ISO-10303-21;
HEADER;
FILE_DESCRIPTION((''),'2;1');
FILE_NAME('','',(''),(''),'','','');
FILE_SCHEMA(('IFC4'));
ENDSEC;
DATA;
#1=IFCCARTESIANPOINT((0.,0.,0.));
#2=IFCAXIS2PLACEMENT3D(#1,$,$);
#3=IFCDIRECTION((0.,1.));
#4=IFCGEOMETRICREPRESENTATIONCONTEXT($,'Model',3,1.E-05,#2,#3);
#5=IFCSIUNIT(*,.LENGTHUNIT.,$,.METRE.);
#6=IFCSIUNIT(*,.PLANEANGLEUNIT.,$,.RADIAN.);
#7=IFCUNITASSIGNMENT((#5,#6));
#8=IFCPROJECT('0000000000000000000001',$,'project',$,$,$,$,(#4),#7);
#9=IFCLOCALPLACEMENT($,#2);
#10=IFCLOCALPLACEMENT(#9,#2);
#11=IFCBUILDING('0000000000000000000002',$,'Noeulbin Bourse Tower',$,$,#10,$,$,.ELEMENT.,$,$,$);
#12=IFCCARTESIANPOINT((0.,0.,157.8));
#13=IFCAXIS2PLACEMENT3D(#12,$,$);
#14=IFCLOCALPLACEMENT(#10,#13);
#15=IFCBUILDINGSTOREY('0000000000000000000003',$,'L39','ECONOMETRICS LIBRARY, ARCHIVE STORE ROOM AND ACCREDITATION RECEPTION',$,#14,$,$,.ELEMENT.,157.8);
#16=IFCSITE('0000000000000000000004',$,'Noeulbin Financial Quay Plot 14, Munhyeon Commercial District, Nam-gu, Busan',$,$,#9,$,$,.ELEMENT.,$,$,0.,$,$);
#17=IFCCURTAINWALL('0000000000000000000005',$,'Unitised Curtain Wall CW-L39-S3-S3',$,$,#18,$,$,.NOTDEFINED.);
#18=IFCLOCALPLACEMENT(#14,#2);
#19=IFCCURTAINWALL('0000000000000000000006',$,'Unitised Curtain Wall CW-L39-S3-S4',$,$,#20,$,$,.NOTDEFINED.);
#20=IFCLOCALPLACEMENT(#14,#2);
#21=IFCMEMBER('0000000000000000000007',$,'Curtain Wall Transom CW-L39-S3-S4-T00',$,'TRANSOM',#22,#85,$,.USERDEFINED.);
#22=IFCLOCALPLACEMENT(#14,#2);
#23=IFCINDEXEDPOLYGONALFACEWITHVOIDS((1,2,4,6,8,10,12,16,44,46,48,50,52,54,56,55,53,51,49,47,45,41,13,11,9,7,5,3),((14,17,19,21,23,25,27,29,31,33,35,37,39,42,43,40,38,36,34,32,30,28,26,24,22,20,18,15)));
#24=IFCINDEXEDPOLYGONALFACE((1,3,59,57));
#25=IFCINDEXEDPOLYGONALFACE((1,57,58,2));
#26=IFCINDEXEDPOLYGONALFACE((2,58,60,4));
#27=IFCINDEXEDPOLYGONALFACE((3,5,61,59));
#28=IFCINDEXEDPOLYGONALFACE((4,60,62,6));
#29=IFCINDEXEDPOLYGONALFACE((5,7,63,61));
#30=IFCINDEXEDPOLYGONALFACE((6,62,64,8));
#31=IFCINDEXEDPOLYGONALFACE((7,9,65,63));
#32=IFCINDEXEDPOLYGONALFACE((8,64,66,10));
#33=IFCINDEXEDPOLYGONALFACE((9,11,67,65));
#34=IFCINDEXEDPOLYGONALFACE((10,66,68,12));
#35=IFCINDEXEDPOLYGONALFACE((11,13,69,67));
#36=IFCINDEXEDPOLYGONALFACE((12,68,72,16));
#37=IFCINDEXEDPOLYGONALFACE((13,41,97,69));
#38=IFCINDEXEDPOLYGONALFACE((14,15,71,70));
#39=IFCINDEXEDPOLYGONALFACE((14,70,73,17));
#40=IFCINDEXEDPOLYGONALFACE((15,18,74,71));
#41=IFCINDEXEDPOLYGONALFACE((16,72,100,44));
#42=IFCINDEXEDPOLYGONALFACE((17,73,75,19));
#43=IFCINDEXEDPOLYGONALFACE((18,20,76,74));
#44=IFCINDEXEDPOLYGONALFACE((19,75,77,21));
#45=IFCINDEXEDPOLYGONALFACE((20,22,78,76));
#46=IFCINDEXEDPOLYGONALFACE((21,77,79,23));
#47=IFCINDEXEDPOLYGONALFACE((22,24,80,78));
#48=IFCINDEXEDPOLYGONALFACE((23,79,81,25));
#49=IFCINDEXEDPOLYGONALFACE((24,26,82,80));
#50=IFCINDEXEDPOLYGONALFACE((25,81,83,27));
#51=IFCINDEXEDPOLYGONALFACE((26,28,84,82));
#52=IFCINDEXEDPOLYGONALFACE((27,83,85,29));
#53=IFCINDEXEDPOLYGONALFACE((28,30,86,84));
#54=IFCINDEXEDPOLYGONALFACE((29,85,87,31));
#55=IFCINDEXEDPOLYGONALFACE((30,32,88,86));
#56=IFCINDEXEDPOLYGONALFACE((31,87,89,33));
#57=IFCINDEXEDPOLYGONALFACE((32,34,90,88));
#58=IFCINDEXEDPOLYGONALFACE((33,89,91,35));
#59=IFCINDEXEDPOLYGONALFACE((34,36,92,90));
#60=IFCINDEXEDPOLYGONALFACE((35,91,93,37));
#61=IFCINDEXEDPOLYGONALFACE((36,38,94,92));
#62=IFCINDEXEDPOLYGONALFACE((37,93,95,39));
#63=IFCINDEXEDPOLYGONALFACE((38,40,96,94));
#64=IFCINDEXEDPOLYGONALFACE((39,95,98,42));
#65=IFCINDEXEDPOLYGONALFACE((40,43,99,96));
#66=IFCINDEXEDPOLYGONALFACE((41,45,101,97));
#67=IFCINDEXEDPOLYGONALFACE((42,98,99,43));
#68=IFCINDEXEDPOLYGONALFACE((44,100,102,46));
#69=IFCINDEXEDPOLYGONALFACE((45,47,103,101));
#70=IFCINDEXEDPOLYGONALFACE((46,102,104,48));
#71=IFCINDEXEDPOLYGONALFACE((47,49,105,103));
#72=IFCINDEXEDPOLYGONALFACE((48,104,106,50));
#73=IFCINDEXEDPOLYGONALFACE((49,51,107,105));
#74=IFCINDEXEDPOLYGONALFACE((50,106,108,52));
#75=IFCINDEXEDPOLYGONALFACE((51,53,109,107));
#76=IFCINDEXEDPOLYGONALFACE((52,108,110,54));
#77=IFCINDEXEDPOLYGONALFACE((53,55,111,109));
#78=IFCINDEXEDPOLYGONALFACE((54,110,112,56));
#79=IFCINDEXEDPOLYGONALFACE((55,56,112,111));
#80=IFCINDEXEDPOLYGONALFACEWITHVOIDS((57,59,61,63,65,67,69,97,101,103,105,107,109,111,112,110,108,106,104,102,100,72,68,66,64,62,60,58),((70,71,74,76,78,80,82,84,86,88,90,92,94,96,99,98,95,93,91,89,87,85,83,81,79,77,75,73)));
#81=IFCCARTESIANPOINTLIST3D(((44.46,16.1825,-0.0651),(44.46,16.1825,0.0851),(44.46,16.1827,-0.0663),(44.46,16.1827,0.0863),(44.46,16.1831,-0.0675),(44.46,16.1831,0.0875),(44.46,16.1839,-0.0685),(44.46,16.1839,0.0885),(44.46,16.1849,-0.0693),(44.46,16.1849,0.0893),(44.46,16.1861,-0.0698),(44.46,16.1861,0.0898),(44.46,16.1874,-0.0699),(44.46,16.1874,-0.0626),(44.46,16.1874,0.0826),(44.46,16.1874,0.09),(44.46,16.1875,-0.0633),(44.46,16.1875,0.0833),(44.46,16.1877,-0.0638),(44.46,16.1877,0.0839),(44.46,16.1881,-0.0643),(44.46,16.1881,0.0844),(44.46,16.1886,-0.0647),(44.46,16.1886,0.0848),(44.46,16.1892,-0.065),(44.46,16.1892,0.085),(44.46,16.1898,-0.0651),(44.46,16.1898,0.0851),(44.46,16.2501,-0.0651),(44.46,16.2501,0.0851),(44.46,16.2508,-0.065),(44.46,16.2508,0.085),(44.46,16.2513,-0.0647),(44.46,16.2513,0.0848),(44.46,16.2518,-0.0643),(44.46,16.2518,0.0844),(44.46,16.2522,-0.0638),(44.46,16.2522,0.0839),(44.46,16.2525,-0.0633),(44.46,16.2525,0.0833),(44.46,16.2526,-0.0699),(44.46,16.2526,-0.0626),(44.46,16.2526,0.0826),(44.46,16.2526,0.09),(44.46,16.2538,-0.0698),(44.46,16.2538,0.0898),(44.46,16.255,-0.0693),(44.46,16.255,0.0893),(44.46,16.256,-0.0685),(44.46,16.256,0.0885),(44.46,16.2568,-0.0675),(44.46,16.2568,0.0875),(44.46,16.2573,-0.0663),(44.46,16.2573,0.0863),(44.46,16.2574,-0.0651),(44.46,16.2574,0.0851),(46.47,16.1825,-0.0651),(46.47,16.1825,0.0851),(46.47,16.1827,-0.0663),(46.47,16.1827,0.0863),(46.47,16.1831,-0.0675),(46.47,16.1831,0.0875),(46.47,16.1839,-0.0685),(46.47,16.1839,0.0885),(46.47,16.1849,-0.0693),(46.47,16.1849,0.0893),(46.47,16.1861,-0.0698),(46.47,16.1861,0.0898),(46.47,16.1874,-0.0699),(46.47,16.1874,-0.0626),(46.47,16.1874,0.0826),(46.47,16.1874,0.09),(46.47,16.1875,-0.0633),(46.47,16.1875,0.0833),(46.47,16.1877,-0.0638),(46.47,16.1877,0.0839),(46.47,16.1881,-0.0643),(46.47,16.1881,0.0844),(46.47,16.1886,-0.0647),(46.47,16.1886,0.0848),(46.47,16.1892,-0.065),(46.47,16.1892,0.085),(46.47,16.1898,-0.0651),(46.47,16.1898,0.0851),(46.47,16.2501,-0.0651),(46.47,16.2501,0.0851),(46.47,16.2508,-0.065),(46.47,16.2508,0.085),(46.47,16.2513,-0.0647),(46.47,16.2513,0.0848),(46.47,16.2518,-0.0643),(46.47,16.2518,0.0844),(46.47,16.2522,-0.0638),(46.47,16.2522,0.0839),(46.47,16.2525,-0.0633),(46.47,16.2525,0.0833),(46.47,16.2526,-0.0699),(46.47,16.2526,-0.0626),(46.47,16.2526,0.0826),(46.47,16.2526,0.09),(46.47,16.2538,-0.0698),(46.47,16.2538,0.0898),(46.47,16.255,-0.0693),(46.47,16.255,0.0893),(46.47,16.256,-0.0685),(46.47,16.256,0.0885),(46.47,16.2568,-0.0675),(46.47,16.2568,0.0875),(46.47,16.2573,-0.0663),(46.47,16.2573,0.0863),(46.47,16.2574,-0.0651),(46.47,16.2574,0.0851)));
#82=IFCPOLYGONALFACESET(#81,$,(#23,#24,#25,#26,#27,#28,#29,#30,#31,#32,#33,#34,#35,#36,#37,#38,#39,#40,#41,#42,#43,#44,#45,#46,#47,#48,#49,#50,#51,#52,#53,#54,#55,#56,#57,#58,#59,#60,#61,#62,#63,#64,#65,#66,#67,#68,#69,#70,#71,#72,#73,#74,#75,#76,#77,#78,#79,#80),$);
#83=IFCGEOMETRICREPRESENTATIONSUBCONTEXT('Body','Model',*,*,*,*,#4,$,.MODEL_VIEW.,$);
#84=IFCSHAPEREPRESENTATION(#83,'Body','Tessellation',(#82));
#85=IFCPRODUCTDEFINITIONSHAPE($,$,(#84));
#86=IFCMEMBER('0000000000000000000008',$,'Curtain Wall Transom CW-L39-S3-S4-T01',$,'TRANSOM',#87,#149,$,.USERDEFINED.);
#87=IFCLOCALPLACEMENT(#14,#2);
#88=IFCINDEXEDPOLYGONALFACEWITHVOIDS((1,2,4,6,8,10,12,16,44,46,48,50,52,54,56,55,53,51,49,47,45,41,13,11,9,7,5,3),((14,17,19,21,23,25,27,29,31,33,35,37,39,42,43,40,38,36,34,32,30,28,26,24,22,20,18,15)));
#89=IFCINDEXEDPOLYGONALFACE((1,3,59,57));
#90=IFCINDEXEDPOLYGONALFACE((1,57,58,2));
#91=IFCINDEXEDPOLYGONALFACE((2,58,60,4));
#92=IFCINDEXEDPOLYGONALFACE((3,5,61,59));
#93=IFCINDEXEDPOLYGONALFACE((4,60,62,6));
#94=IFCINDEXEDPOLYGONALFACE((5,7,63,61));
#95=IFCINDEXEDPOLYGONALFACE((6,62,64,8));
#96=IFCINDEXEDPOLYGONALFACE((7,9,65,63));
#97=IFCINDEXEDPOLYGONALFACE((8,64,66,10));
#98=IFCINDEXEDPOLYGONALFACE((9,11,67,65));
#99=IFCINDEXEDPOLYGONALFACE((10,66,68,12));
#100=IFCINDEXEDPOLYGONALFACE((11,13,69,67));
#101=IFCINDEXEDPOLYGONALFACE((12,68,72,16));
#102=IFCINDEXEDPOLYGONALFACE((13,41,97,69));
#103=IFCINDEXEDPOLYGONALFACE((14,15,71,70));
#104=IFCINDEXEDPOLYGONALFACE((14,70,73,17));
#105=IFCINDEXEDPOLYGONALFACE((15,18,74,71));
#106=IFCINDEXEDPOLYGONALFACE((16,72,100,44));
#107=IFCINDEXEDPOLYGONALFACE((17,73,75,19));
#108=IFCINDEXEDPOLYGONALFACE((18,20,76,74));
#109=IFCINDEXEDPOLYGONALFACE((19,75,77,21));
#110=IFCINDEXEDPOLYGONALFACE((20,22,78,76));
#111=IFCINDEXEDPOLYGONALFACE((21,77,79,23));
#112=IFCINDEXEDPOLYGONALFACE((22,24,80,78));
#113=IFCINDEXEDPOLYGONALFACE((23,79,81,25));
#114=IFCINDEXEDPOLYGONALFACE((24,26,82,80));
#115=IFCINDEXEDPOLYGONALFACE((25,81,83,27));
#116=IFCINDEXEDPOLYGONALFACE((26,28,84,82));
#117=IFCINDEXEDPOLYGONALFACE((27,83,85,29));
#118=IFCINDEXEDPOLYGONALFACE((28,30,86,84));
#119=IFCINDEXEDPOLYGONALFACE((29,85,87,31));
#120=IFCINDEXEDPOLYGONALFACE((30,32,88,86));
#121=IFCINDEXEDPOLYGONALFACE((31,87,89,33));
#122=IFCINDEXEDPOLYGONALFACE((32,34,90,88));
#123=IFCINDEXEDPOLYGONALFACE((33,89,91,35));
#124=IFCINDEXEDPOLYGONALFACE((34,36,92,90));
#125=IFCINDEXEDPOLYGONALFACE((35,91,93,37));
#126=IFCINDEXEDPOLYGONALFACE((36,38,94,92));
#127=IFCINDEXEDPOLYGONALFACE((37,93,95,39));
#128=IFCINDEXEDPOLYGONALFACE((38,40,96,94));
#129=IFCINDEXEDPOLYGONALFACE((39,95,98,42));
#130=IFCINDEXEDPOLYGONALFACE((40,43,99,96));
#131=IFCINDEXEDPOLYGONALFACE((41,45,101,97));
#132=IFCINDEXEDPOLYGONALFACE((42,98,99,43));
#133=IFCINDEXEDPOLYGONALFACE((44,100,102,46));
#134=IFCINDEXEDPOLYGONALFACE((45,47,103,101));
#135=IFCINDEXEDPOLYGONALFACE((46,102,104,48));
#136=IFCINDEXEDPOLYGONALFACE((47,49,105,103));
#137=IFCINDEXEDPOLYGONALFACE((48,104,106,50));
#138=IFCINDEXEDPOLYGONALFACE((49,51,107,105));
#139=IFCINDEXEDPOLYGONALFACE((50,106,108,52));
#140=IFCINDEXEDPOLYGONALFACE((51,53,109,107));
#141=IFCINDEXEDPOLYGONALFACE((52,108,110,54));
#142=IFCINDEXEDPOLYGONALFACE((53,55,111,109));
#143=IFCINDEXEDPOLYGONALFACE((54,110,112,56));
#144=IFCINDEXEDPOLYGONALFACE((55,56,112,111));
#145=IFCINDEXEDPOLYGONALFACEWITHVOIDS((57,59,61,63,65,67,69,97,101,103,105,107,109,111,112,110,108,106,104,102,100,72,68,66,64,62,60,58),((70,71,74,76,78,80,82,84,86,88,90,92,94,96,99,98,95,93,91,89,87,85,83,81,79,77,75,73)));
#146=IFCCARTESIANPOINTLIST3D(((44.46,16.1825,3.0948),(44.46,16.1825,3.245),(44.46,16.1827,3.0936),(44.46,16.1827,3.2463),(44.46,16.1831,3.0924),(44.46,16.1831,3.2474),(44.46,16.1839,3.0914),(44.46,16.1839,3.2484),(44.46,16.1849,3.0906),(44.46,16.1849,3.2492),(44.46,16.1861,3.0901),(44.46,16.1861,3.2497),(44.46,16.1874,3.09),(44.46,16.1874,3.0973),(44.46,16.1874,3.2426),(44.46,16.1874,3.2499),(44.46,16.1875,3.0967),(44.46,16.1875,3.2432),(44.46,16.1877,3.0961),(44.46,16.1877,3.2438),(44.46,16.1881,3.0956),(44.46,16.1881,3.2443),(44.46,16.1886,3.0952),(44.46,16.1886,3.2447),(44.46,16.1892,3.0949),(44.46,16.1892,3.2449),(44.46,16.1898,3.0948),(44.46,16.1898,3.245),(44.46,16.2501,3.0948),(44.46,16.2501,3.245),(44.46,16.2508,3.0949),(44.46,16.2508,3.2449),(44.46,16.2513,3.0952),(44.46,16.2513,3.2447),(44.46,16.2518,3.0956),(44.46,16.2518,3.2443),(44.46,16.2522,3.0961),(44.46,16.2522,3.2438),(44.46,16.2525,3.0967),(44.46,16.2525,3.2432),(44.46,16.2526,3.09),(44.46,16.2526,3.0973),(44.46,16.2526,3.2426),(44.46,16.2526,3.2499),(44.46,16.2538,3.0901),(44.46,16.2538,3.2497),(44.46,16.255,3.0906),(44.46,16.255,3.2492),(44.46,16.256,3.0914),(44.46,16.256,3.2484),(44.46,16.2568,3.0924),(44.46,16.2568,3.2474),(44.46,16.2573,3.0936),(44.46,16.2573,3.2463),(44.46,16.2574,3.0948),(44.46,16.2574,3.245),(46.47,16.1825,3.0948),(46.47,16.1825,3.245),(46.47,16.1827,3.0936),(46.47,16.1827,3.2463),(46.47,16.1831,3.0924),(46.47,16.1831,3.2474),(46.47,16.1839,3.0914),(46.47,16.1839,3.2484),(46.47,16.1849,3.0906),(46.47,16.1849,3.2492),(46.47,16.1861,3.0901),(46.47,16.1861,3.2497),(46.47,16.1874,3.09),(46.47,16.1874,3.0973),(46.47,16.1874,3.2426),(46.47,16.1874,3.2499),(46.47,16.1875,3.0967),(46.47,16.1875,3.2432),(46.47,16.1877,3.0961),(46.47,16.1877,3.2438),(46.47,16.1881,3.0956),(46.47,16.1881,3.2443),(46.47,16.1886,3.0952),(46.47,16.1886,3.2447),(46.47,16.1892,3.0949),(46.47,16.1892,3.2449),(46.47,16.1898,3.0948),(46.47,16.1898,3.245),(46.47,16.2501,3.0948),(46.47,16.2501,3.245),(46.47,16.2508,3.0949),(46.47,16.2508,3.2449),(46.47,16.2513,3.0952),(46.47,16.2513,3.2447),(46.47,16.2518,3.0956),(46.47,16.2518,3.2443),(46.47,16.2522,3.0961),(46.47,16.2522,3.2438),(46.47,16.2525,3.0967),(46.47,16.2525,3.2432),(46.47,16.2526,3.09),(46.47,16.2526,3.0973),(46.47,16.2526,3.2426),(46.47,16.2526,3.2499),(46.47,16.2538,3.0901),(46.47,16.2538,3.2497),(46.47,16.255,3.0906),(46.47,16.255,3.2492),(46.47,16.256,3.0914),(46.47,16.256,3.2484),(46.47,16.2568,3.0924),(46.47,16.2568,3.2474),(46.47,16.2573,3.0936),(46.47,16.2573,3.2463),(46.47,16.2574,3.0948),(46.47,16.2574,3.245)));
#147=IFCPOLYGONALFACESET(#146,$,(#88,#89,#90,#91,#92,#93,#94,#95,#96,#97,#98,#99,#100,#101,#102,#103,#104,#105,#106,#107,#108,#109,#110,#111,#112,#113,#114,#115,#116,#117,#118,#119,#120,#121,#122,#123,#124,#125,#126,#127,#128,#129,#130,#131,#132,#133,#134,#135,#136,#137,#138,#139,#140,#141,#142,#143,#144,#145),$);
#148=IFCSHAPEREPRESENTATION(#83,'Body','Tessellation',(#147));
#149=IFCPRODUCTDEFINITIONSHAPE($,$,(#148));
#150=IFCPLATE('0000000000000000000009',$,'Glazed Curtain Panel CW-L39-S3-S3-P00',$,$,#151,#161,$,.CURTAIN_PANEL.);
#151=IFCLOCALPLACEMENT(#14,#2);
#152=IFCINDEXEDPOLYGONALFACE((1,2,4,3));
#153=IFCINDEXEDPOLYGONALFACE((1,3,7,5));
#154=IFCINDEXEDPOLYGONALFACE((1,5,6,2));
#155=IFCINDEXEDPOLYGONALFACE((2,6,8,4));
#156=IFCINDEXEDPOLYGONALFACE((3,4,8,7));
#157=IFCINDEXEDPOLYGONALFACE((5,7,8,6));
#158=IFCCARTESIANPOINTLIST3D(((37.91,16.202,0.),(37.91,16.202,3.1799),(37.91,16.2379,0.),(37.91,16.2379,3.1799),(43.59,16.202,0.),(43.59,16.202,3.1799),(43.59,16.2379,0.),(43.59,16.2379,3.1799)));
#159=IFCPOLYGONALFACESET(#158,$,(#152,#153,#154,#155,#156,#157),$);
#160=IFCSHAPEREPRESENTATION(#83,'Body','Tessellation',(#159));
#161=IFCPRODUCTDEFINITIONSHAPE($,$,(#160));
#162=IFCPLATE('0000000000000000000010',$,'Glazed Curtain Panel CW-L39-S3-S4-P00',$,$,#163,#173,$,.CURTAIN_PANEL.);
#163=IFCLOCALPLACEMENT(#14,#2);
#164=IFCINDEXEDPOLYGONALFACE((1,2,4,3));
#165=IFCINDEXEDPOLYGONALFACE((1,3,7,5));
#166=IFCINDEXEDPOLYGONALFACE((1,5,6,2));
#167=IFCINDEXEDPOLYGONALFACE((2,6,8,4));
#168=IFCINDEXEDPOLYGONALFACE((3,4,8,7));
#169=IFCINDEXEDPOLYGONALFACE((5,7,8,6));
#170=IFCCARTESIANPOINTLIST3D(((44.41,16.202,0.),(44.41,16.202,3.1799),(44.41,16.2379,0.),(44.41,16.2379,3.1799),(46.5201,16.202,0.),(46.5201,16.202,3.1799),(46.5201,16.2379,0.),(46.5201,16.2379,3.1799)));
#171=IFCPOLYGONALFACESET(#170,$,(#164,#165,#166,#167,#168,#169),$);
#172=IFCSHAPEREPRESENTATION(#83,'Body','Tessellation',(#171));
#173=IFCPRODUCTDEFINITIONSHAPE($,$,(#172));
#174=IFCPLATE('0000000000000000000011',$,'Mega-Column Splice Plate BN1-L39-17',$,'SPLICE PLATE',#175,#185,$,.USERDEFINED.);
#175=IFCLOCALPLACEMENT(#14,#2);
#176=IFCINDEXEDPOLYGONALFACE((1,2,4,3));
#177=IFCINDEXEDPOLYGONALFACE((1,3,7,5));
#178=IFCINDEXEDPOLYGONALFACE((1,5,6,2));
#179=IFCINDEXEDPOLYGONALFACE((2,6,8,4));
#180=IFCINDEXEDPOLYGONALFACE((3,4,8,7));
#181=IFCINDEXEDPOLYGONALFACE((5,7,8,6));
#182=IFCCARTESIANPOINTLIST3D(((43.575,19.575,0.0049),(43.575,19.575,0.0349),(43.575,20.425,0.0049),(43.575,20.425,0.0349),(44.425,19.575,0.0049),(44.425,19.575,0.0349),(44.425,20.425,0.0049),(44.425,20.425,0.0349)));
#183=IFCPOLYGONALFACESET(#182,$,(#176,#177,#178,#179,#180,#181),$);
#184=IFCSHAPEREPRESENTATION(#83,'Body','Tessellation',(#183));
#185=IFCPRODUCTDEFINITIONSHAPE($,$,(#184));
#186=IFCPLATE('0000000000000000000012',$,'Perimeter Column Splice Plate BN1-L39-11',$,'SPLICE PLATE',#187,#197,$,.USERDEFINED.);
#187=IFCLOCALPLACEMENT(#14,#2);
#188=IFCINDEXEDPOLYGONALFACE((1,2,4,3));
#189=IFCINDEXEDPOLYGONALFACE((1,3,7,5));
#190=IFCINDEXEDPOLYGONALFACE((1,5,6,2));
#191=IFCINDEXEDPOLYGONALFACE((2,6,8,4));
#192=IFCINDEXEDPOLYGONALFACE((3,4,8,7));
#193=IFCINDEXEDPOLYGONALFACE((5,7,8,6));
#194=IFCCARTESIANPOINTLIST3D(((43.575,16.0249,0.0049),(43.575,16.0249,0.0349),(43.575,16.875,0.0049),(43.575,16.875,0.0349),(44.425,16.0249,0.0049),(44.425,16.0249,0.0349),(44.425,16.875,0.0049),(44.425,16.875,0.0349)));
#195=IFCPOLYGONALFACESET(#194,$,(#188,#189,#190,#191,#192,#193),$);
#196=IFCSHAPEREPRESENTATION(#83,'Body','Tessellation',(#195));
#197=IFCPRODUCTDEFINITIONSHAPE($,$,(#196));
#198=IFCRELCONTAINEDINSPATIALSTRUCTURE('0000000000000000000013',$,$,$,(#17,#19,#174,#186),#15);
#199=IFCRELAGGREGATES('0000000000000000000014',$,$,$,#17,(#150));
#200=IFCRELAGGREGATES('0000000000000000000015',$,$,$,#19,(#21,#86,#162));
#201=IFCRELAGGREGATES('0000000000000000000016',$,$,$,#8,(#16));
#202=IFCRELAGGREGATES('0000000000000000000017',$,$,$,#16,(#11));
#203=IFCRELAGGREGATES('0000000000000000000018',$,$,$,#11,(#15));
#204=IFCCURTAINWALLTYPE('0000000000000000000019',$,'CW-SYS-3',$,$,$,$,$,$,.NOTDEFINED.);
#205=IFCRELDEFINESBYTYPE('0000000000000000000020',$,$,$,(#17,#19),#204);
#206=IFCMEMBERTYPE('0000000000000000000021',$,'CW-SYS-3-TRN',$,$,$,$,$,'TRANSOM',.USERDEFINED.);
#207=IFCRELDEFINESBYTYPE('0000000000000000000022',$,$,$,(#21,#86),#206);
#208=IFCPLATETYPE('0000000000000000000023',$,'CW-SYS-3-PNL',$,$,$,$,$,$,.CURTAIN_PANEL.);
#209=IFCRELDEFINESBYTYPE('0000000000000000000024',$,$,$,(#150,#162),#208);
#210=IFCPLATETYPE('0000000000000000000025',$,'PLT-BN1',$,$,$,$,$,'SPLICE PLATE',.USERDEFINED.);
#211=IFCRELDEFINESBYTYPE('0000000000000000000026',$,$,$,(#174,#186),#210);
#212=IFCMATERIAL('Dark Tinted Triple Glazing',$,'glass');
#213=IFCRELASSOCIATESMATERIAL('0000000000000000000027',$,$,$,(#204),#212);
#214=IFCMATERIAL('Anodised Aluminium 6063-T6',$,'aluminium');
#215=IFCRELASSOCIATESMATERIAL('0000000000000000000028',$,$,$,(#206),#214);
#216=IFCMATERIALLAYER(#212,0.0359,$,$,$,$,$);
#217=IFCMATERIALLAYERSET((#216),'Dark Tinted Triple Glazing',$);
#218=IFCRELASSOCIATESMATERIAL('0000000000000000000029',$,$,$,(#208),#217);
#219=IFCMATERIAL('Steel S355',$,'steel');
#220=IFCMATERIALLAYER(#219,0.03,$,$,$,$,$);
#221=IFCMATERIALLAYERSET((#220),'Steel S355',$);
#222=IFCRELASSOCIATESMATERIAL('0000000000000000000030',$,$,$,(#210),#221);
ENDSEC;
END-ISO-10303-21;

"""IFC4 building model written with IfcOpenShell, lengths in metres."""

from ifc_helpers import new_model, si_unit, direction, frame, origin, origin_2d, place, context, subcontext, project, spatial, rectangle, hollow_rectangle, extrude, material, layer, layer_set, material_profile, profile_set, type_object, element, aggregate, save


model = new_model("IFC4")

# Units and contexts
model_context = context("Model", 3, precision=1e-05, world=origin(), true_north=direction((0.0, 1.0)))
body_context = subcontext(model_context, "Body", "Model", "MODEL_VIEW")
ifc_project = project(units=[si_unit("LENGTHUNIT", "METRE"), si_unit("PLANEANGLEUNIT", "RADIAN")], contexts=[model_context])

# Site, building, storey
site_placement = place(None, origin())
site = spatial("IfcSite", under=ifc_project, at=site_placement, Name="Noeulbin Financial Quay Plot 14, Munhyeon Commercial District, Nam-gu, Busan", CompositionType="ELEMENT", RefElevation=0.0)
building_placement = place(site_placement, origin())
building = spatial("IfcBuilding", under=site, at=building_placement, Name="Noeulbin Bourse Tower", CompositionType="ELEMENT")
storey_placement = place(building_placement, frame((0.0, 0.0, 157.8)))
storey = spatial("IfcBuildingStorey", under=building, at=storey_placement, Name="L39", Description="ECONOMETRICS LIBRARY, ARCHIVE STORE ROOM AND ACCREDITATION RECEPTION", CompositionType="ELEMENT", Elevation=157.8)

# Shared definitions
ifc_material_1 = material(Name="Steel S355", Category="steel")

# Curtain walls
ifc_material_2 = material(Name="Dark Tinted Triple Glazing", Category="glass")
curtain_wall_type = type_object("IfcCurtainWallType", Name="CW-SYS-3", PredefinedType="NOTDEFINED", material=ifc_material_2)
curtain_wall_1_placement = place(storey_placement, origin())
curtain_wall_1 = element("IfcCurtainWall", 1, at=curtain_wall_1_placement, inside=storey, type_object=curtain_wall_type, Name="Unitised Curtain Wall CW-L39-S3-S3", PredefinedType="NOTDEFINED")
ifc_material_3 = material(Name="Anodised Aluminium 6063-T6", Category="aluminium")
curtain_wall_2_placement = place(storey_placement, origin())
curtain_wall_2 = element("IfcCurtainWall", 2, at=curtain_wall_2_placement, inside=storey, type_object=curtain_wall_type, Name="Unitised Curtain Wall CW-L39-S3-S4", PredefinedType="NOTDEFINED")

# Members
ifc_material_profile_1 = material_profile(ifc_material_3, hollow_rectangle(XDim=0.075, YDim=0.1599, WallThickness=0.0049, InnerFilletRadius=0.0024, OuterFilletRadius=0.0049, at=origin_2d()), Name="ALU-TRAN-75x160x5", Category="LoadBearing")
ifc_profile_set_1 = profile_set([ifc_material_profile_1], Name="Anodised Aluminium 6063-T6")
member_type_1 = type_object("IfcMemberType", Name="CW-SYS-3-TRN", ElementType="TRANSOM", PredefinedType="USERDEFINED", material=ifc_profile_set_1)
member_1_placement = place(storey_placement, frame((44.46, 16.22, 0.01), z_axis=(1.0, 0.0, 0.0), x_axis=(0.0, 1.0, 0.0)))
member_1 = element("IfcMember", 3, at=member_1_placement, type_object=member_type_1, Name="Curtain Wall Transom CW-L39-S3-S4-T00", ObjectType="TRANSOM", PredefinedType="USERDEFINED", context=body_context, shape_type="SweptSolid", body=[
    extrude(hollow_rectangle(XDim=0.075, YDim=0.1599, WallThickness=0.0049, InnerFilletRadius=0.0024, OuterFilletRadius=0.0049, at=origin_2d()), origin(), (0.0, 0.0, 1.0), 2.01),
])
member_2_placement = place(storey_placement, frame((44.46, 16.22, 3.1699), z_axis=(1.0, 0.0, 0.0), x_axis=(0.0, 1.0, 0.0)))
member_2 = element("IfcMember", 4, at=member_2_placement, type_object=member_type_1, Name="Curtain Wall Transom CW-L39-S3-S4-T01", ObjectType="TRANSOM", PredefinedType="USERDEFINED", context=body_context, shape_type="SweptSolid", body=[
    extrude(hollow_rectangle(XDim=0.075, YDim=0.1599, WallThickness=0.0049, InnerFilletRadius=0.0024, OuterFilletRadius=0.0049, at=origin_2d()), origin(), (0.0, 0.0, 1.0), 2.01),
])

# Plates
ifc_layer_1 = layer(ifc_material_2, 0.0359)
ifc_layer_set_1 = layer_set([ifc_layer_1], Name="Dark Tinted Triple Glazing")
plate_type_1 = type_object("IfcPlateType", Name="CW-SYS-3-PNL", PredefinedType="CURTAIN_PANEL", material=ifc_layer_set_1)
plate_1_placement = place(storey_placement, frame((40.75, 16.22, 0.0), z_axis=(0.0, 0.0, 1.0), x_axis=(1.0, 0.0, 0.0)))
plate_1 = element("IfcPlate", 5, at=plate_1_placement, type_object=plate_type_1, Name="Glazed Curtain Panel CW-L39-S3-S3-P00", PredefinedType="CURTAIN_PANEL", context=body_context, shape_type="SweptSolid", body=[
    extrude(rectangle(XDim=5.6799, YDim=0.0359, at=origin_2d()), origin(), (0.0, 0.0, 1.0), 3.1799),
])
aggregate(curtain_wall_1, [plate_1])
plate_2_placement = place(storey_placement, frame((45.4651, 16.22, 0.0), z_axis=(0.0, 0.0, 1.0), x_axis=(1.0, 0.0, 0.0)))
plate_2 = element("IfcPlate", 6, at=plate_2_placement, type_object=plate_type_1, Name="Glazed Curtain Panel CW-L39-S3-S4-P00", PredefinedType="CURTAIN_PANEL", context=body_context, shape_type="SweptSolid", body=[
    extrude(rectangle(XDim=2.1101, YDim=0.0359, at=origin_2d()), origin(), (0.0, 0.0, 1.0), 3.1799),
])
aggregate(curtain_wall_2, [member_1, member_2, plate_2])

# Plates
ifc_layer_2 = layer(ifc_material_1, 0.03)
ifc_layer_set_2 = layer_set([ifc_layer_2], Name="Steel S355")
plate_type_2 = type_object("IfcPlateType", Name="PLT-BN1", ElementType="SPLICE PLATE", PredefinedType="USERDEFINED", material=ifc_layer_set_2)
for number, where, z_axis, x_axis, name in (
    (7, (44.0, 20.0, 0.0049), (0.0, 0.0, 1.0), (1.0, 0.0, 0.0), "Mega-Column Splice Plate BN1-L39-17"),
    (8, (44.0, 16.45, 0.0049), (0.0, 0.0, 1.0), (1.0, 0.0, 0.0), "Perimeter Column Splice Plate BN1-L39-11"),
):
    element("IfcPlate", number, at=place(storey_placement, frame(where, z_axis=z_axis, x_axis=x_axis)), inside=storey, type_object=plate_type_2, Name=name, ObjectType="SPLICE PLATE", PredefinedType="USERDEFINED", context=body_context, shape_type="SweptSolid", body=[
        extrude(rectangle(XDim=0.8501, YDim=0.8501, at=origin_2d()), origin(), (0.0, 0.0, 1.0), 0.03),
    ])

save(model, "model.ifc")
